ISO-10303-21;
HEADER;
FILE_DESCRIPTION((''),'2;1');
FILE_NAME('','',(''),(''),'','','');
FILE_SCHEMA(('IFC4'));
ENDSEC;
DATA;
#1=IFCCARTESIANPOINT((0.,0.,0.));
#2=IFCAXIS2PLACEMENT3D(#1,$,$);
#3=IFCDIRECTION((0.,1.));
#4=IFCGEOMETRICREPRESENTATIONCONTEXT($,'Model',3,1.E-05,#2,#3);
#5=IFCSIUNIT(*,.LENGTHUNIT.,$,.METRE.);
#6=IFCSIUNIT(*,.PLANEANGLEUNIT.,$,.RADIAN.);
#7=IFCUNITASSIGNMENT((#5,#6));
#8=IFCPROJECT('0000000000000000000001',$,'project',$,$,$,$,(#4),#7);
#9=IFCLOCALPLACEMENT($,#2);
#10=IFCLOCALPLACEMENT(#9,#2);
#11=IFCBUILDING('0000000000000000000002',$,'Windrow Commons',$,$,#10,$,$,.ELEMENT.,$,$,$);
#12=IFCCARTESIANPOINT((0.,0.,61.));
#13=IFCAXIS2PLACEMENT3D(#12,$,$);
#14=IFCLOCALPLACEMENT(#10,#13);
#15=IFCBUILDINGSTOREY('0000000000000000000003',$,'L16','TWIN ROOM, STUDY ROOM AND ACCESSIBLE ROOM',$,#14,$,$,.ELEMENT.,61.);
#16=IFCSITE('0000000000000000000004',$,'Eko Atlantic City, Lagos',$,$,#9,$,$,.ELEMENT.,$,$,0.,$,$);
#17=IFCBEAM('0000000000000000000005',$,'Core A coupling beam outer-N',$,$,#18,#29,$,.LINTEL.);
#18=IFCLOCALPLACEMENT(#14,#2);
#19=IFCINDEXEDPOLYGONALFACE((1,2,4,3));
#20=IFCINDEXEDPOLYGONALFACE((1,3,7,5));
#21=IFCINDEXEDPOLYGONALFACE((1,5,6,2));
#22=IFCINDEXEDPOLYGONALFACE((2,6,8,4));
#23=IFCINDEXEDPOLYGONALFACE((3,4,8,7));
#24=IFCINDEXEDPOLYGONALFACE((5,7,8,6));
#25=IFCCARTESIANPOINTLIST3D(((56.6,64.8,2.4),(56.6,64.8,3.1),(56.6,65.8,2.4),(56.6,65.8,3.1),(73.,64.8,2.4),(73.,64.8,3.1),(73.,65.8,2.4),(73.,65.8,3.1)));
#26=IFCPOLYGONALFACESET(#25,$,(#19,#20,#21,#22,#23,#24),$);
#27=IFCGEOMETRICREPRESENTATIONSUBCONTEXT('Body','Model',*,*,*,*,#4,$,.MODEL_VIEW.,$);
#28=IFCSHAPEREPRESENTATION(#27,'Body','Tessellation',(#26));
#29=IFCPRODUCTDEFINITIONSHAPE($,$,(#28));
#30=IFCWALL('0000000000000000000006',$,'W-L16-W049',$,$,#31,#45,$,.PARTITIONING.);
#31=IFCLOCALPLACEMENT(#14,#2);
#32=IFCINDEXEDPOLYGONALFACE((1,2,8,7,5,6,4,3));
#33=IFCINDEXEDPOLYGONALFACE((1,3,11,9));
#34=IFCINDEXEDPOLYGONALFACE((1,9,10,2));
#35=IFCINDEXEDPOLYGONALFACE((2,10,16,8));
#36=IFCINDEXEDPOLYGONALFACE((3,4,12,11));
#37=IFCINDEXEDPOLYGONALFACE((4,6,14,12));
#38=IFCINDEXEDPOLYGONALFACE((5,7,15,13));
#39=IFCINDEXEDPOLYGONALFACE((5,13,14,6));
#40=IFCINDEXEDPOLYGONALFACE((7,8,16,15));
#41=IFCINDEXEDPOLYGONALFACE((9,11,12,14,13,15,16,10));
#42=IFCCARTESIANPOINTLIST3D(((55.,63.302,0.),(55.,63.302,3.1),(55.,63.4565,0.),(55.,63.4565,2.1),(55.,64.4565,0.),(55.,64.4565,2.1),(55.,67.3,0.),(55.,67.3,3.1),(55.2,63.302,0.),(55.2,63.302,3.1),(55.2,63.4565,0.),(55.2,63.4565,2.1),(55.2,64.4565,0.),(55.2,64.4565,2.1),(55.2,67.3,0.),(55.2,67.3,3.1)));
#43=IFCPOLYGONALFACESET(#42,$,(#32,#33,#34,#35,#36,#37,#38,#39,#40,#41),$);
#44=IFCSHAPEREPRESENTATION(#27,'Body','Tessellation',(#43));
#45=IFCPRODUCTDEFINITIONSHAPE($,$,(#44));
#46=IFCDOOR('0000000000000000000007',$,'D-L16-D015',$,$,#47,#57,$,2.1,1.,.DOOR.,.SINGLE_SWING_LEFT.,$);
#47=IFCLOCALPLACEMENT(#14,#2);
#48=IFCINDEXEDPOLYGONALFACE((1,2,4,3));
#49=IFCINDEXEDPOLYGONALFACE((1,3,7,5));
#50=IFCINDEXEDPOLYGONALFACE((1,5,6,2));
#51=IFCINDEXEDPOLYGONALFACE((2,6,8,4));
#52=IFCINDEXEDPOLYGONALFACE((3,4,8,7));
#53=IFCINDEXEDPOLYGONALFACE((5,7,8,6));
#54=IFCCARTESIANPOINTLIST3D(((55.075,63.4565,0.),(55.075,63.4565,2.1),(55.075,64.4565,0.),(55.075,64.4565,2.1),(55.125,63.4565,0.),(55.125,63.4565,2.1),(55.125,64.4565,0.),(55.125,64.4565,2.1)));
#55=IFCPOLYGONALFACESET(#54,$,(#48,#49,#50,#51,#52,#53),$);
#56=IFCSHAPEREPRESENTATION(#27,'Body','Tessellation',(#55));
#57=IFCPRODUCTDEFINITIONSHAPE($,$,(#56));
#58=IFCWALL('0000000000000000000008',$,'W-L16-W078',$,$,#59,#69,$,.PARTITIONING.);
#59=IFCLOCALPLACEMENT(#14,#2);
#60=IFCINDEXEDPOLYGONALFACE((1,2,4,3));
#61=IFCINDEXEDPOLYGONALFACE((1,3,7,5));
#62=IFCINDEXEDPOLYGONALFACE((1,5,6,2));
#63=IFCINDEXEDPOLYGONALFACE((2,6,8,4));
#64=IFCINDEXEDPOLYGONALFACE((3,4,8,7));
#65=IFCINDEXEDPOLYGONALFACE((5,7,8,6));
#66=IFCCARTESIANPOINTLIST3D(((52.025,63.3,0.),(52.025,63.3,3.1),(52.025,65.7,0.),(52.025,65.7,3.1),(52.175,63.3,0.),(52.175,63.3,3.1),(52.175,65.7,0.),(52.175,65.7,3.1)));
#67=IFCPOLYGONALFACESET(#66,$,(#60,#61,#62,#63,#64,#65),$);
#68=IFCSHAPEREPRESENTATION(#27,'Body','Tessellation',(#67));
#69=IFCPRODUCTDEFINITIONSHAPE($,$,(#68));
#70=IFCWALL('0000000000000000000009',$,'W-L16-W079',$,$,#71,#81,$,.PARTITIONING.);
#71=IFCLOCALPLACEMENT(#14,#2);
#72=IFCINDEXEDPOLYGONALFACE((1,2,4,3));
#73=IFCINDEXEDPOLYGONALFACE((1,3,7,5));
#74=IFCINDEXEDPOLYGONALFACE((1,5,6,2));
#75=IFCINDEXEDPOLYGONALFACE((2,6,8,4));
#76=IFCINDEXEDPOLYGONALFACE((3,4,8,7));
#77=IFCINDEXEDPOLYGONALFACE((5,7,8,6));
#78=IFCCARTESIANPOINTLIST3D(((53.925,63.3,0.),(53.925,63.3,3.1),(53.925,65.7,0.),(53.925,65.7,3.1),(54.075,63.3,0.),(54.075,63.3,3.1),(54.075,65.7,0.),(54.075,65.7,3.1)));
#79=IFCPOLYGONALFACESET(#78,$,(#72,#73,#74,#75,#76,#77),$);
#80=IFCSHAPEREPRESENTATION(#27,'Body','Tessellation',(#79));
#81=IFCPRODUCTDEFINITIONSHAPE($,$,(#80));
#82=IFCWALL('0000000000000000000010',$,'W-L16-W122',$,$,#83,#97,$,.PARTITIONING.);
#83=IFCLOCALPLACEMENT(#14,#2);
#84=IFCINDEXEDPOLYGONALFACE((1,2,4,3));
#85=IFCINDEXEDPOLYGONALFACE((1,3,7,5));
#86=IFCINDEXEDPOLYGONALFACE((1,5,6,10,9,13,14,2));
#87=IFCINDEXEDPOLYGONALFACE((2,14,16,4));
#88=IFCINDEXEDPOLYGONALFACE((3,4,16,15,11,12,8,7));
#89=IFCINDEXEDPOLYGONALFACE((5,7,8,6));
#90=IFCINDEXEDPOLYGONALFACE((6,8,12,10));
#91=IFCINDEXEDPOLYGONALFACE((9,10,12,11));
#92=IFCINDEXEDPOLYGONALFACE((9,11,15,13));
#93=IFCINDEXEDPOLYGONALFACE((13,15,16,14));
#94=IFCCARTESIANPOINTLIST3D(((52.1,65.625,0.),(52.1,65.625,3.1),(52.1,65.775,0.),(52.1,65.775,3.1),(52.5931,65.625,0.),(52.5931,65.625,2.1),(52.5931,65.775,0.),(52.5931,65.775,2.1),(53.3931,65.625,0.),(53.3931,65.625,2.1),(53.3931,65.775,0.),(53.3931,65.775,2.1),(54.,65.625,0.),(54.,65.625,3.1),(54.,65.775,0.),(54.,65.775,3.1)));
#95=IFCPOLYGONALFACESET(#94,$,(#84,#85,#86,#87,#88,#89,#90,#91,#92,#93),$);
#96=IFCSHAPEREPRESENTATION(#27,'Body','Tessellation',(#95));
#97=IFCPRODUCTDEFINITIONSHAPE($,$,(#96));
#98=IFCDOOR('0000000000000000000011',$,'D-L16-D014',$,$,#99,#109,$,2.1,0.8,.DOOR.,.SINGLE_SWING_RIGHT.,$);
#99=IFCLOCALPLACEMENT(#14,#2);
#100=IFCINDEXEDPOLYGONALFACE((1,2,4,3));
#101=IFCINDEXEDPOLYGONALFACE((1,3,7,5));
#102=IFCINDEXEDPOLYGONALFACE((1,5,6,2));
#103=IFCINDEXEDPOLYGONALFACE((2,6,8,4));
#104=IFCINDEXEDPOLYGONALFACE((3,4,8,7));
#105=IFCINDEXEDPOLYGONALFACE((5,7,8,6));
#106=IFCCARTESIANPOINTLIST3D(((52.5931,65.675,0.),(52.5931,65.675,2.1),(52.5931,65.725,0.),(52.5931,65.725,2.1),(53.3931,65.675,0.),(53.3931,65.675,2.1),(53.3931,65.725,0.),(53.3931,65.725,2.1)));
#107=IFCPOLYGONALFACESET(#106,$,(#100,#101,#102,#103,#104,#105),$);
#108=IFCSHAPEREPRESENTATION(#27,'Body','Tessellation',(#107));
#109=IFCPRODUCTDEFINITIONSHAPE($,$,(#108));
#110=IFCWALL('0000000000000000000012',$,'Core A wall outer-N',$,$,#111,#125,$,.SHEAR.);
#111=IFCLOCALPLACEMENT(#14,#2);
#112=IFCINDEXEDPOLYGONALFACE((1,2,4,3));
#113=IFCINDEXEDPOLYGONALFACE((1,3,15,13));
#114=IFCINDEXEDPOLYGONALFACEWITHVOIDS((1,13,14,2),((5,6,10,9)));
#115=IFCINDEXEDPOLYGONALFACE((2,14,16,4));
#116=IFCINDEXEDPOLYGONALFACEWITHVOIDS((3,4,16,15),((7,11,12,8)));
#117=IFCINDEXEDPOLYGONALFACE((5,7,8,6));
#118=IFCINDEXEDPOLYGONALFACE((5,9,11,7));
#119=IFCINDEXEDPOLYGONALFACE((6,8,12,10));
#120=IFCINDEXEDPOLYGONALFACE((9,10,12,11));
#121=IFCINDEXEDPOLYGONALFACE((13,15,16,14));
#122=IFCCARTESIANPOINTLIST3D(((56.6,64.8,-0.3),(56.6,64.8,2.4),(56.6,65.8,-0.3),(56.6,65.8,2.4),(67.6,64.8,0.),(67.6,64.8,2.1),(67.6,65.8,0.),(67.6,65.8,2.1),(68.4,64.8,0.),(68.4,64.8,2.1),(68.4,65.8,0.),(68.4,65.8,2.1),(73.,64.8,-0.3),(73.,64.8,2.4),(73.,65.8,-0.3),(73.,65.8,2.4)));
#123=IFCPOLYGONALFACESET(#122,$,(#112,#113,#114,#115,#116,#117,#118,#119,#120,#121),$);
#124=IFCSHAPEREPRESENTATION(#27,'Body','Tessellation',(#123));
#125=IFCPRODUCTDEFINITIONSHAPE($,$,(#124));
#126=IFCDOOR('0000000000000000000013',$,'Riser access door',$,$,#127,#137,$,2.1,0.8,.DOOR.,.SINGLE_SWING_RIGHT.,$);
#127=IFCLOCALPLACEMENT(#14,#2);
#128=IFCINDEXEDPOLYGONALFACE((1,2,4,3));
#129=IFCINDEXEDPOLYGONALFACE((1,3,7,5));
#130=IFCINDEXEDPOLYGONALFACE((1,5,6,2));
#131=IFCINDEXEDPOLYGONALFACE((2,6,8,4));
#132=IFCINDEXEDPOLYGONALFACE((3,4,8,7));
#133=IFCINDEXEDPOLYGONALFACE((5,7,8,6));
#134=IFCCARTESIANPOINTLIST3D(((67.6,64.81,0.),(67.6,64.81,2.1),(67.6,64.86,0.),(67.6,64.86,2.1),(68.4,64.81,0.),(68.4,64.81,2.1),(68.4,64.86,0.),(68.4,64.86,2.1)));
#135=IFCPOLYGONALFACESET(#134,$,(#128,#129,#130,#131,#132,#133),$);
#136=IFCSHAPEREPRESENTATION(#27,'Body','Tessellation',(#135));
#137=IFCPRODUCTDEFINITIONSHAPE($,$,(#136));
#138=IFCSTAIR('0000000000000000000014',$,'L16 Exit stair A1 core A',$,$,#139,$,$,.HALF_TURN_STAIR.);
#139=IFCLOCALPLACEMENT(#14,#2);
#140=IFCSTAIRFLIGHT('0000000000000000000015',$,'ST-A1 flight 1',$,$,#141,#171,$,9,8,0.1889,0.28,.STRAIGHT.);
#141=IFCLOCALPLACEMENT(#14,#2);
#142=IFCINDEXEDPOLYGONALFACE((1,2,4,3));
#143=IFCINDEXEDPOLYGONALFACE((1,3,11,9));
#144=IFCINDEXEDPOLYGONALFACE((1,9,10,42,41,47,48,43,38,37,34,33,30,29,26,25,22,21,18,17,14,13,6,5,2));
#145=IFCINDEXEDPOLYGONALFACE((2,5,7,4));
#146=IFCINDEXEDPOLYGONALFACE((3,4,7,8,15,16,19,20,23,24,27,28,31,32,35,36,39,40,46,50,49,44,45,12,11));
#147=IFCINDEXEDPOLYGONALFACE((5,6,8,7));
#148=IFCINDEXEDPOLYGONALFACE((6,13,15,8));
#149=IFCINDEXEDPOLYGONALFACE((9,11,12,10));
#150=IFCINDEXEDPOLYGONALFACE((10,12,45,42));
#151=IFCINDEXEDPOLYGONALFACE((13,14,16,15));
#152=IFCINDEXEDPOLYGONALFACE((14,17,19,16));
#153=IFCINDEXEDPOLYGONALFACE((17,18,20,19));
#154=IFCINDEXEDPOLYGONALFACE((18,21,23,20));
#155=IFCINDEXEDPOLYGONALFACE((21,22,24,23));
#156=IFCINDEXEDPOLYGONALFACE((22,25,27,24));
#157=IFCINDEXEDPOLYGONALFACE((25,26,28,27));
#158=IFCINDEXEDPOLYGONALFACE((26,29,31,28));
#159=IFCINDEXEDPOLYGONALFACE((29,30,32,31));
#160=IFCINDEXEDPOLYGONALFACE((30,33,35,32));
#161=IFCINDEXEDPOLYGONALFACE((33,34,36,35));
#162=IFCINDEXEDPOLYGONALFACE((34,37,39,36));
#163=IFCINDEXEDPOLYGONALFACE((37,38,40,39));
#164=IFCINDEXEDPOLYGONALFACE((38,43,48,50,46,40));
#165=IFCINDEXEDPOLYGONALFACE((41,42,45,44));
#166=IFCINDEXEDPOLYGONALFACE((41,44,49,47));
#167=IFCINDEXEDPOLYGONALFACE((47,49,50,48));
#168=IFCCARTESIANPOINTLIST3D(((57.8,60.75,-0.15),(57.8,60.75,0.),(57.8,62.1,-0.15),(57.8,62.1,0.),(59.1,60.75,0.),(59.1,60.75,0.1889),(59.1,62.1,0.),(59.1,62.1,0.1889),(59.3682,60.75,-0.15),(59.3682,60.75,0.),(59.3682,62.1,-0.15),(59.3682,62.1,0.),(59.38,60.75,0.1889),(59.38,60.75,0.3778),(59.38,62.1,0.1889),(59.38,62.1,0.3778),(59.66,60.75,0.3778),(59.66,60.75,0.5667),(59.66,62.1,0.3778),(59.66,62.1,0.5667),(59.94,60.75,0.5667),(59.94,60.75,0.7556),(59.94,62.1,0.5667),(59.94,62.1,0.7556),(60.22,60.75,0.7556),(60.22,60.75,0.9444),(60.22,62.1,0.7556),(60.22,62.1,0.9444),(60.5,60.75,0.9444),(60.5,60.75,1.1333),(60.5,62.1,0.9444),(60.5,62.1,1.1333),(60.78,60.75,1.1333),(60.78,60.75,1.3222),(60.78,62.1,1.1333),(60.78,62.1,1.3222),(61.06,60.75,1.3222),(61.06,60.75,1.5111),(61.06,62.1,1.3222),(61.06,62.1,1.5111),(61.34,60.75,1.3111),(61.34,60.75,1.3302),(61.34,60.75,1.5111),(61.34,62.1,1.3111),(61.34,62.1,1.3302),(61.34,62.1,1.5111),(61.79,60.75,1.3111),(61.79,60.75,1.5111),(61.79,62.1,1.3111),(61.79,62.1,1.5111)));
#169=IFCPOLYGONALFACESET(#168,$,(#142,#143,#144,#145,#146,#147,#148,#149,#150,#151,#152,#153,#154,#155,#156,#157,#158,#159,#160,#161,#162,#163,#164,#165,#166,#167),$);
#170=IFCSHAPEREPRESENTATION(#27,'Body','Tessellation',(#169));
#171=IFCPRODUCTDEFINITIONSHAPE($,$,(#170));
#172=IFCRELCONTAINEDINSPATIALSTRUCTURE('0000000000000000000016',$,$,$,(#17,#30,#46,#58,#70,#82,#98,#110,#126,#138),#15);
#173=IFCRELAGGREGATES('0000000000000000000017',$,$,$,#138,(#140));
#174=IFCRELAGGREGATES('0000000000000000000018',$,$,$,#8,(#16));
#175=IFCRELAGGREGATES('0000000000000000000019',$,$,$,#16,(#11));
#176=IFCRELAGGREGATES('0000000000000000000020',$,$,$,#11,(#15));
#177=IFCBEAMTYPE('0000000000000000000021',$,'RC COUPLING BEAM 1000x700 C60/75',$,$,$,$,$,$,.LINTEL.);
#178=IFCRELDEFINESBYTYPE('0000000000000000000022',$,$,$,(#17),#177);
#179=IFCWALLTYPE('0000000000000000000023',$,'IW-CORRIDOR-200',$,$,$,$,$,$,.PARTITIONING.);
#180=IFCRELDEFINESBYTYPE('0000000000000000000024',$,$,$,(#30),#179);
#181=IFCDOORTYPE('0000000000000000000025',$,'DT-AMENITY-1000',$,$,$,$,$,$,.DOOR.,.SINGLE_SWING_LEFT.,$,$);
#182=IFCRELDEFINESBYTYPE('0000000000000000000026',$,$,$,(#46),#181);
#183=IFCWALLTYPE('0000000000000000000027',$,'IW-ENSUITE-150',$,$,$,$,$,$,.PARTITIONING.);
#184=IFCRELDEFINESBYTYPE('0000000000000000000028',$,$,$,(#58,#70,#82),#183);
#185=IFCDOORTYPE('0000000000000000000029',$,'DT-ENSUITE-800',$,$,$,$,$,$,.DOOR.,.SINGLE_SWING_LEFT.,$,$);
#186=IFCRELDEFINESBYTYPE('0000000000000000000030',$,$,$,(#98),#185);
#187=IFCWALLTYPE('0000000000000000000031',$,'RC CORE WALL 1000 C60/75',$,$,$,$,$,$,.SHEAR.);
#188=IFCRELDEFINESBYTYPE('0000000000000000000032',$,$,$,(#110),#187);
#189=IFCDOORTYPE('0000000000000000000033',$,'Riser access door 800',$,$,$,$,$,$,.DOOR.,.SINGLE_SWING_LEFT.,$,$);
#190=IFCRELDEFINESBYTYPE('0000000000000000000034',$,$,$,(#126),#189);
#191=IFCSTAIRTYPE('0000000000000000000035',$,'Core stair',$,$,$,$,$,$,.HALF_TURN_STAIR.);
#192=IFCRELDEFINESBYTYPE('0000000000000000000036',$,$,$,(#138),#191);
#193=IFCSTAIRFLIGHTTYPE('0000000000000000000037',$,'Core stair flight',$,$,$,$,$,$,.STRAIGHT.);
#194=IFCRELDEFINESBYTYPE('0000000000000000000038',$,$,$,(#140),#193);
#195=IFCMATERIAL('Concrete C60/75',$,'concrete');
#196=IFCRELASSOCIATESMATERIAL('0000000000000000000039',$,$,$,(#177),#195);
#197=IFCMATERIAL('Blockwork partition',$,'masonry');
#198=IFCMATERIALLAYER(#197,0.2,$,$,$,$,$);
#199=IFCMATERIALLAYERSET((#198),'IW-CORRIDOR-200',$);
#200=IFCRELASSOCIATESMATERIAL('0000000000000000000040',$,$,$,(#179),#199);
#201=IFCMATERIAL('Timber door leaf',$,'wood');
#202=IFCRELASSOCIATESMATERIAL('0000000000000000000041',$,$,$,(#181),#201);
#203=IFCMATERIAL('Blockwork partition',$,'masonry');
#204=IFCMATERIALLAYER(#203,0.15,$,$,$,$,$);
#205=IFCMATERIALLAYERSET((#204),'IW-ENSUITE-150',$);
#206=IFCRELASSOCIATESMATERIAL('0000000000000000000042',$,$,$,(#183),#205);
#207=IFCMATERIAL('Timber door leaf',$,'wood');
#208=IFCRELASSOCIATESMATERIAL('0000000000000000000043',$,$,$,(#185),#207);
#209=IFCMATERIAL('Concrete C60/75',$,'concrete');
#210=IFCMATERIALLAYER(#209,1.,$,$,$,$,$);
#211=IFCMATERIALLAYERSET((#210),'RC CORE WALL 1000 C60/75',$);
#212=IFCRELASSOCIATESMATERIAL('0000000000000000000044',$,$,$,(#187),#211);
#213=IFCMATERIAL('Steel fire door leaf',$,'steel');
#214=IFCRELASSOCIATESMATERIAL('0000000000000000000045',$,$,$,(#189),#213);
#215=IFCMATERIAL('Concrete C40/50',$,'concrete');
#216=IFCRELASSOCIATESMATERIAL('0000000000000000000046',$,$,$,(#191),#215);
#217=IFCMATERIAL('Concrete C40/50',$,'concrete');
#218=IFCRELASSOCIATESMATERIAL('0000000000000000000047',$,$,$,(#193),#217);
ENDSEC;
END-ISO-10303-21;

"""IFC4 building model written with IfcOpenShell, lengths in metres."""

from ifc_helpers import new_model, si_unit, direction, frame, frame_2d, origin, origin_2d, place, context, subcontext, project, spatial, polyline, rectangle, outline, extrude, material, layer, layer_set, material_profile, profile_set, type_object, element, fill, aggregate, save


model = new_model("IFC4")

# Units and contexts
model_context = context("Model", 3, precision=1e-05, world=origin(), true_north=direction((0.0, 1.0)))
body_context = subcontext(model_context, "Body", "Model", "MODEL_VIEW")
ifc_project = project(units=[si_unit("LENGTHUNIT", "METRE"), si_unit("PLANEANGLEUNIT", "RADIAN")], contexts=[model_context])

# Site, building, storey
site_placement = place(None, origin())
site = spatial("IfcSite", under=ifc_project, at=site_placement, Name="Eko Atlantic City, Lagos", CompositionType="ELEMENT", RefElevation=0.0)
building_placement = place(site_placement, origin())
building = spatial("IfcBuilding", under=site, at=building_placement, Name="Windrow Commons", CompositionType="ELEMENT")
storey_placement = place(building_placement, frame((0.0, 0.0, 61.0)))
storey = spatial("IfcBuildingStorey", under=building, at=storey_placement, Name="L16", Description="TWIN ROOM, STUDY ROOM AND ACCESSIBLE ROOM", CompositionType="ELEMENT", Elevation=61.0)

# Beam
ifc_material_1 = material(Name="Concrete C60/75", Category="concrete")
ifc_material_profile = material_profile(ifc_material_1, rectangle(XDim=1.0, YDim=0.7, at=origin_2d()))
ifc_profile_set = profile_set([ifc_material_profile], Name="Concrete C60/75")
beam_type = type_object("IfcBeamType", Name="RC COUPLING BEAM 1000x700 C60/75", PredefinedType="LINTEL", material=ifc_profile_set)
beam_placement = place(storey_placement, frame((56.6, 65.3, 2.75), z_axis=(1.0, 0.0, 0.0), x_axis=(0.0, 1.0, 0.0)))
element("IfcBeam", 1, at=beam_placement, inside=storey, type_object=beam_type, Name="Core A coupling beam outer-N", PredefinedType="LINTEL", context=body_context, shape_type="SweptSolid", body=[
    extrude(rectangle(XDim=1.0, YDim=0.7, at=origin_2d()), origin(), (0.0, 0.0, 1.0), 16.4),
])

# Wall, opening, door
ifc_material_2 = material(Name="Blockwork partition", Category="masonry")
ifc_layer_1 = layer(ifc_material_2, 0.2)
ifc_layer_set_1 = layer_set([ifc_layer_1], Name="IW-CORRIDOR-200")
wall_type_1 = type_object("IfcWallType", Name="IW-CORRIDOR-200", PredefinedType="PARTITIONING", material=ifc_layer_set_1)
wall_1_placement = place(storey_placement, frame((55.1, 63.302, 0.0), z_axis=(0.0, 0.0, 1.0), x_axis=(0.0, 1.0, 0.0)))
wall_1 = element("IfcWall", 2, at=wall_1_placement, inside=storey, type_object=wall_type_1, Name="W-L16-W049", PredefinedType="PARTITIONING", context=body_context, shape_type="SweptSolid", body=[
    extrude(rectangle(XDim=3.998, YDim=0.2, at=frame_2d((1.999, 0.0))), origin(), (0.0, 0.0, 1.0), 3.1),
])
opening_1_placement = place(wall_1_placement, frame((0.1545, 0.0, 0.0)))
opening_1 = element("IfcOpeningElement", 3, at=opening_1_placement, cuts=wall_1, PredefinedType="OPENING", context=body_context, shape_type="SweptSolid", body=[
    extrude(rectangle(XDim=1.0, YDim=2.1, at=frame_2d((0.5, 1.05))), frame((0.0, 0.11, 0.0), z_axis=(0.0, -1.0, 0.0), x_axis=(1.0, 0.0, 0.0)), (0.0, 0.0, 1.0), 0.22),
])
ifc_material_3 = material(Name="Timber door leaf", Category="wood")
door_type_1 = type_object("IfcDoorType", Name="DT-AMENITY-1000", OperationType="SINGLE_SWING_LEFT", PredefinedType="DOOR", material=ifc_material_3)
door_1_placement = place(opening_1_placement, origin())
door_1 = element("IfcDoor", 4, at=door_1_placement, inside=storey, type_object=door_type_1, Name="D-L16-D015", OperationType="SINGLE_SWING_LEFT", OverallHeight=2.1, OverallWidth=1.0, PredefinedType="DOOR", context=body_context, shape_type="SweptSolid", body=[
    extrude(rectangle(XDim=1.0, YDim=2.1, at=frame_2d((0.5, 1.05))), frame((0.0, 0.025, 0.0), z_axis=(0.0, -1.0, 0.0), x_axis=(1.0, 0.0, 0.0)), (0.0, 0.0, 1.0), 0.05),
])
fill(opening_1, door_1)

# Walls
ifc_material_4 = material(Name="Blockwork partition", Category="masonry")
ifc_layer_2 = layer(ifc_material_4, 0.15)
ifc_layer_set_2 = layer_set([ifc_layer_2], Name="IW-ENSUITE-150")
wall_type_2 = type_object("IfcWallType", Name="IW-ENSUITE-150", PredefinedType="PARTITIONING", material=ifc_layer_set_2)
for number, where, z_axis, x_axis, name in (
    (5, (52.1, 63.3, 0.0), (0.0, 0.0, 1.0), (0.0, 1.0, 0.0), "W-L16-W078"),
    (6, (54.0, 63.3, 0.0), (0.0, 0.0, 1.0), (0.0, 1.0, 0.0), "W-L16-W079"),
):
    element("IfcWall", number, at=place(storey_placement, frame(where, z_axis=z_axis, x_axis=x_axis)), inside=storey, type_object=wall_type_2, Name=name, PredefinedType="PARTITIONING", context=body_context, shape_type="SweptSolid", body=[
        extrude(rectangle(XDim=2.4, YDim=0.15, at=frame_2d((1.2, 0.0))), origin(), (0.0, 0.0, 1.0), 3.1),
    ])

# Walls, openings, doors
wall_2_placement = place(storey_placement, frame((52.1, 65.7, 0.0), z_axis=(0.0, 0.0, 1.0), x_axis=(1.0, 0.0, 0.0)))
wall_2 = element("IfcWall", 7, at=wall_2_placement, inside=storey, type_object=wall_type_2, Name="W-L16-W122", PredefinedType="PARTITIONING", context=body_context, shape_type="SweptSolid", body=[
    extrude(rectangle(XDim=1.9, YDim=0.15, at=frame_2d((0.95, 0.0))), origin(), (0.0, 0.0, 1.0), 3.1),
])
opening_2_placement = place(wall_2_placement, frame((0.4931, 0.0, 0.0)))
opening_2 = element("IfcOpeningElement", 8, at=opening_2_placement, cuts=wall_2, PredefinedType="OPENING", context=body_context, shape_type="SweptSolid", body=[
    extrude(rectangle(XDim=0.8, YDim=2.1, at=frame_2d((0.4, 1.05))), frame((0.0, 0.085, 0.0), z_axis=(0.0, -1.0, 0.0), x_axis=(1.0, 0.0, 0.0)), (0.0, 0.0, 1.0), 0.17),
])
ifc_material_5 = material(Name="Timber door leaf", Category="wood")
door_type_2 = type_object("IfcDoorType", Name="DT-ENSUITE-800", OperationType="SINGLE_SWING_LEFT", PredefinedType="DOOR", material=ifc_material_5)
door_2_placement = place(opening_2_placement, origin())
door_2 = element("IfcDoor", 9, at=door_2_placement, inside=storey, type_object=door_type_2, Name="D-L16-D014", OperationType="SINGLE_SWING_RIGHT", OverallHeight=2.1, OverallWidth=0.8, PredefinedType="DOOR", context=body_context, shape_type="SweptSolid", body=[
    extrude(rectangle(XDim=0.8, YDim=2.1, at=frame_2d((0.4, 1.05))), frame((0.0, 0.025, 0.0), z_axis=(0.0, -1.0, 0.0), x_axis=(1.0, 0.0, 0.0)), (0.0, 0.0, 1.0), 0.05),
])
fill(opening_2, door_2)
ifc_material_6 = material(Name="Concrete C60/75", Category="concrete")
ifc_layer_3 = layer(ifc_material_6, 1.0)
ifc_layer_set_3 = layer_set([ifc_layer_3], Name="RC CORE WALL 1000 C60/75")
wall_type_3 = type_object("IfcWallType", Name="RC CORE WALL 1000 C60/75", PredefinedType="SHEAR", material=ifc_layer_set_3)
wall_3_placement = place(storey_placement, frame((56.6, 65.3, -0.3), z_axis=(0.0, 0.0, 1.0), x_axis=(1.0, 0.0, 0.0)))
wall_3 = element("IfcWall", 10, at=wall_3_placement, inside=storey, type_object=wall_type_3, Name="Core A wall outer-N", PredefinedType="SHEAR", context=body_context, shape_type="SweptSolid", body=[
    extrude(rectangle(XDim=16.4, YDim=1.0, at=frame_2d((8.2, 0.0))), origin(), (0.0, 0.0, 1.0), 2.7),
])
opening_3_placement = place(wall_3_placement, frame((11.0, 0.0, 0.3)))
opening_3 = element("IfcOpeningElement", 11, at=opening_3_placement, cuts=wall_3, PredefinedType="OPENING", context=body_context, shape_type="SweptSolid", body=[
    extrude(rectangle(XDim=0.8, YDim=2.1, at=frame_2d((0.4, 1.05))), frame((0.0, 0.51, 0.0), z_axis=(0.0, -1.0, 0.0), x_axis=(1.0, 0.0, 0.0)), (0.0, 0.0, 1.0), 1.02),
])
ifc_material_7 = material(Name="Steel fire door leaf", Category="steel")
door_type_3 = type_object("IfcDoorType", Name="Riser access door 800", OperationType="SINGLE_SWING_LEFT", PredefinedType="DOOR", material=ifc_material_7)
door_3_placement = place(opening_3_placement, origin())
door_3 = element("IfcDoor", 12, at=door_3_placement, inside=storey, type_object=door_type_3, Name="Riser access door", OperationType="SINGLE_SWING_RIGHT", OverallHeight=2.1, OverallWidth=0.8, PredefinedType="DOOR", context=body_context, shape_type="SweptSolid", body=[
    extrude(rectangle(XDim=0.8, YDim=2.1, at=frame_2d((0.4, 1.05))), frame((0.0, -0.44, 0.0), z_axis=(0.0, -1.0, 0.0), x_axis=(1.0, 0.0, 0.0)), (0.0, 0.0, 1.0), 0.05),
])
fill(opening_3, door_3)

# Stair, stair flight
ifc_material_8 = material(Name="Concrete C40/50", Category="concrete")
stair_type = type_object("IfcStairType", Name="Core stair", PredefinedType="HALF_TURN_STAIR", material=ifc_material_8)
stair_placement = place(storey_placement, origin())
stair = element("IfcStair", 13, at=stair_placement, inside=storey, type_object=stair_type, Name="L16 Exit stair A1 core A", PredefinedType="HALF_TURN_STAIR")
ifc_material_9 = material(Name="Concrete C40/50", Category="concrete")
stair_flight_type = type_object("IfcStairFlightType", Name="Core stair flight", PredefinedType="STRAIGHT", material=ifc_material_9)
stair_flight_placement = place(storey_placement, frame((59.1, 61.425, 0.0), z_axis=(0.0, 0.0, 1.0), x_axis=(1.0, 0.0, 0.0)))
stair_flight = element("IfcStairFlight", 14, at=stair_flight_placement, type_object=stair_flight_type, Name="ST-A1 flight 1", NumberOfRisers=9, NumberOfTreads=8, PredefinedType="STRAIGHT", RiserHeight=0.1889, TreadLength=0.28, context=body_context, shape_type="SweptSolid", body=[
    extrude(outline(polyline([(-1.3, -0.15), (-1.3, 0.0), (0.0, 0.0), (0.0, 0.1889), (0.28, 0.1889), (0.28, 0.3778), (0.56, 0.3778), (0.56, 0.5667), (0.84, 0.5667), (0.84, 0.7556), (1.12, 0.7556), (1.12, 0.9444), (1.4, 0.9444), (1.4, 1.1333), (1.68, 1.1333), (1.68, 1.3222), (1.96, 1.3222), (1.96, 1.5111), (2.24, 1.5111), (2.69, 1.5111), (2.69, 1.3111), (2.24, 1.3111), (2.24, 1.3302), (0.2682, 0.0), (0.2682, -0.15), (-1.3, -0.15)])), frame((0.0, 0.675, 0.0), z_axis=(0.0, -1.0, 0.0), x_axis=(1.0, 0.0, 0.0)), (0.0, 0.0, 1.0), 1.35),
])
aggregate(stair, [stair_flight])

save(model, "model.ifc")
